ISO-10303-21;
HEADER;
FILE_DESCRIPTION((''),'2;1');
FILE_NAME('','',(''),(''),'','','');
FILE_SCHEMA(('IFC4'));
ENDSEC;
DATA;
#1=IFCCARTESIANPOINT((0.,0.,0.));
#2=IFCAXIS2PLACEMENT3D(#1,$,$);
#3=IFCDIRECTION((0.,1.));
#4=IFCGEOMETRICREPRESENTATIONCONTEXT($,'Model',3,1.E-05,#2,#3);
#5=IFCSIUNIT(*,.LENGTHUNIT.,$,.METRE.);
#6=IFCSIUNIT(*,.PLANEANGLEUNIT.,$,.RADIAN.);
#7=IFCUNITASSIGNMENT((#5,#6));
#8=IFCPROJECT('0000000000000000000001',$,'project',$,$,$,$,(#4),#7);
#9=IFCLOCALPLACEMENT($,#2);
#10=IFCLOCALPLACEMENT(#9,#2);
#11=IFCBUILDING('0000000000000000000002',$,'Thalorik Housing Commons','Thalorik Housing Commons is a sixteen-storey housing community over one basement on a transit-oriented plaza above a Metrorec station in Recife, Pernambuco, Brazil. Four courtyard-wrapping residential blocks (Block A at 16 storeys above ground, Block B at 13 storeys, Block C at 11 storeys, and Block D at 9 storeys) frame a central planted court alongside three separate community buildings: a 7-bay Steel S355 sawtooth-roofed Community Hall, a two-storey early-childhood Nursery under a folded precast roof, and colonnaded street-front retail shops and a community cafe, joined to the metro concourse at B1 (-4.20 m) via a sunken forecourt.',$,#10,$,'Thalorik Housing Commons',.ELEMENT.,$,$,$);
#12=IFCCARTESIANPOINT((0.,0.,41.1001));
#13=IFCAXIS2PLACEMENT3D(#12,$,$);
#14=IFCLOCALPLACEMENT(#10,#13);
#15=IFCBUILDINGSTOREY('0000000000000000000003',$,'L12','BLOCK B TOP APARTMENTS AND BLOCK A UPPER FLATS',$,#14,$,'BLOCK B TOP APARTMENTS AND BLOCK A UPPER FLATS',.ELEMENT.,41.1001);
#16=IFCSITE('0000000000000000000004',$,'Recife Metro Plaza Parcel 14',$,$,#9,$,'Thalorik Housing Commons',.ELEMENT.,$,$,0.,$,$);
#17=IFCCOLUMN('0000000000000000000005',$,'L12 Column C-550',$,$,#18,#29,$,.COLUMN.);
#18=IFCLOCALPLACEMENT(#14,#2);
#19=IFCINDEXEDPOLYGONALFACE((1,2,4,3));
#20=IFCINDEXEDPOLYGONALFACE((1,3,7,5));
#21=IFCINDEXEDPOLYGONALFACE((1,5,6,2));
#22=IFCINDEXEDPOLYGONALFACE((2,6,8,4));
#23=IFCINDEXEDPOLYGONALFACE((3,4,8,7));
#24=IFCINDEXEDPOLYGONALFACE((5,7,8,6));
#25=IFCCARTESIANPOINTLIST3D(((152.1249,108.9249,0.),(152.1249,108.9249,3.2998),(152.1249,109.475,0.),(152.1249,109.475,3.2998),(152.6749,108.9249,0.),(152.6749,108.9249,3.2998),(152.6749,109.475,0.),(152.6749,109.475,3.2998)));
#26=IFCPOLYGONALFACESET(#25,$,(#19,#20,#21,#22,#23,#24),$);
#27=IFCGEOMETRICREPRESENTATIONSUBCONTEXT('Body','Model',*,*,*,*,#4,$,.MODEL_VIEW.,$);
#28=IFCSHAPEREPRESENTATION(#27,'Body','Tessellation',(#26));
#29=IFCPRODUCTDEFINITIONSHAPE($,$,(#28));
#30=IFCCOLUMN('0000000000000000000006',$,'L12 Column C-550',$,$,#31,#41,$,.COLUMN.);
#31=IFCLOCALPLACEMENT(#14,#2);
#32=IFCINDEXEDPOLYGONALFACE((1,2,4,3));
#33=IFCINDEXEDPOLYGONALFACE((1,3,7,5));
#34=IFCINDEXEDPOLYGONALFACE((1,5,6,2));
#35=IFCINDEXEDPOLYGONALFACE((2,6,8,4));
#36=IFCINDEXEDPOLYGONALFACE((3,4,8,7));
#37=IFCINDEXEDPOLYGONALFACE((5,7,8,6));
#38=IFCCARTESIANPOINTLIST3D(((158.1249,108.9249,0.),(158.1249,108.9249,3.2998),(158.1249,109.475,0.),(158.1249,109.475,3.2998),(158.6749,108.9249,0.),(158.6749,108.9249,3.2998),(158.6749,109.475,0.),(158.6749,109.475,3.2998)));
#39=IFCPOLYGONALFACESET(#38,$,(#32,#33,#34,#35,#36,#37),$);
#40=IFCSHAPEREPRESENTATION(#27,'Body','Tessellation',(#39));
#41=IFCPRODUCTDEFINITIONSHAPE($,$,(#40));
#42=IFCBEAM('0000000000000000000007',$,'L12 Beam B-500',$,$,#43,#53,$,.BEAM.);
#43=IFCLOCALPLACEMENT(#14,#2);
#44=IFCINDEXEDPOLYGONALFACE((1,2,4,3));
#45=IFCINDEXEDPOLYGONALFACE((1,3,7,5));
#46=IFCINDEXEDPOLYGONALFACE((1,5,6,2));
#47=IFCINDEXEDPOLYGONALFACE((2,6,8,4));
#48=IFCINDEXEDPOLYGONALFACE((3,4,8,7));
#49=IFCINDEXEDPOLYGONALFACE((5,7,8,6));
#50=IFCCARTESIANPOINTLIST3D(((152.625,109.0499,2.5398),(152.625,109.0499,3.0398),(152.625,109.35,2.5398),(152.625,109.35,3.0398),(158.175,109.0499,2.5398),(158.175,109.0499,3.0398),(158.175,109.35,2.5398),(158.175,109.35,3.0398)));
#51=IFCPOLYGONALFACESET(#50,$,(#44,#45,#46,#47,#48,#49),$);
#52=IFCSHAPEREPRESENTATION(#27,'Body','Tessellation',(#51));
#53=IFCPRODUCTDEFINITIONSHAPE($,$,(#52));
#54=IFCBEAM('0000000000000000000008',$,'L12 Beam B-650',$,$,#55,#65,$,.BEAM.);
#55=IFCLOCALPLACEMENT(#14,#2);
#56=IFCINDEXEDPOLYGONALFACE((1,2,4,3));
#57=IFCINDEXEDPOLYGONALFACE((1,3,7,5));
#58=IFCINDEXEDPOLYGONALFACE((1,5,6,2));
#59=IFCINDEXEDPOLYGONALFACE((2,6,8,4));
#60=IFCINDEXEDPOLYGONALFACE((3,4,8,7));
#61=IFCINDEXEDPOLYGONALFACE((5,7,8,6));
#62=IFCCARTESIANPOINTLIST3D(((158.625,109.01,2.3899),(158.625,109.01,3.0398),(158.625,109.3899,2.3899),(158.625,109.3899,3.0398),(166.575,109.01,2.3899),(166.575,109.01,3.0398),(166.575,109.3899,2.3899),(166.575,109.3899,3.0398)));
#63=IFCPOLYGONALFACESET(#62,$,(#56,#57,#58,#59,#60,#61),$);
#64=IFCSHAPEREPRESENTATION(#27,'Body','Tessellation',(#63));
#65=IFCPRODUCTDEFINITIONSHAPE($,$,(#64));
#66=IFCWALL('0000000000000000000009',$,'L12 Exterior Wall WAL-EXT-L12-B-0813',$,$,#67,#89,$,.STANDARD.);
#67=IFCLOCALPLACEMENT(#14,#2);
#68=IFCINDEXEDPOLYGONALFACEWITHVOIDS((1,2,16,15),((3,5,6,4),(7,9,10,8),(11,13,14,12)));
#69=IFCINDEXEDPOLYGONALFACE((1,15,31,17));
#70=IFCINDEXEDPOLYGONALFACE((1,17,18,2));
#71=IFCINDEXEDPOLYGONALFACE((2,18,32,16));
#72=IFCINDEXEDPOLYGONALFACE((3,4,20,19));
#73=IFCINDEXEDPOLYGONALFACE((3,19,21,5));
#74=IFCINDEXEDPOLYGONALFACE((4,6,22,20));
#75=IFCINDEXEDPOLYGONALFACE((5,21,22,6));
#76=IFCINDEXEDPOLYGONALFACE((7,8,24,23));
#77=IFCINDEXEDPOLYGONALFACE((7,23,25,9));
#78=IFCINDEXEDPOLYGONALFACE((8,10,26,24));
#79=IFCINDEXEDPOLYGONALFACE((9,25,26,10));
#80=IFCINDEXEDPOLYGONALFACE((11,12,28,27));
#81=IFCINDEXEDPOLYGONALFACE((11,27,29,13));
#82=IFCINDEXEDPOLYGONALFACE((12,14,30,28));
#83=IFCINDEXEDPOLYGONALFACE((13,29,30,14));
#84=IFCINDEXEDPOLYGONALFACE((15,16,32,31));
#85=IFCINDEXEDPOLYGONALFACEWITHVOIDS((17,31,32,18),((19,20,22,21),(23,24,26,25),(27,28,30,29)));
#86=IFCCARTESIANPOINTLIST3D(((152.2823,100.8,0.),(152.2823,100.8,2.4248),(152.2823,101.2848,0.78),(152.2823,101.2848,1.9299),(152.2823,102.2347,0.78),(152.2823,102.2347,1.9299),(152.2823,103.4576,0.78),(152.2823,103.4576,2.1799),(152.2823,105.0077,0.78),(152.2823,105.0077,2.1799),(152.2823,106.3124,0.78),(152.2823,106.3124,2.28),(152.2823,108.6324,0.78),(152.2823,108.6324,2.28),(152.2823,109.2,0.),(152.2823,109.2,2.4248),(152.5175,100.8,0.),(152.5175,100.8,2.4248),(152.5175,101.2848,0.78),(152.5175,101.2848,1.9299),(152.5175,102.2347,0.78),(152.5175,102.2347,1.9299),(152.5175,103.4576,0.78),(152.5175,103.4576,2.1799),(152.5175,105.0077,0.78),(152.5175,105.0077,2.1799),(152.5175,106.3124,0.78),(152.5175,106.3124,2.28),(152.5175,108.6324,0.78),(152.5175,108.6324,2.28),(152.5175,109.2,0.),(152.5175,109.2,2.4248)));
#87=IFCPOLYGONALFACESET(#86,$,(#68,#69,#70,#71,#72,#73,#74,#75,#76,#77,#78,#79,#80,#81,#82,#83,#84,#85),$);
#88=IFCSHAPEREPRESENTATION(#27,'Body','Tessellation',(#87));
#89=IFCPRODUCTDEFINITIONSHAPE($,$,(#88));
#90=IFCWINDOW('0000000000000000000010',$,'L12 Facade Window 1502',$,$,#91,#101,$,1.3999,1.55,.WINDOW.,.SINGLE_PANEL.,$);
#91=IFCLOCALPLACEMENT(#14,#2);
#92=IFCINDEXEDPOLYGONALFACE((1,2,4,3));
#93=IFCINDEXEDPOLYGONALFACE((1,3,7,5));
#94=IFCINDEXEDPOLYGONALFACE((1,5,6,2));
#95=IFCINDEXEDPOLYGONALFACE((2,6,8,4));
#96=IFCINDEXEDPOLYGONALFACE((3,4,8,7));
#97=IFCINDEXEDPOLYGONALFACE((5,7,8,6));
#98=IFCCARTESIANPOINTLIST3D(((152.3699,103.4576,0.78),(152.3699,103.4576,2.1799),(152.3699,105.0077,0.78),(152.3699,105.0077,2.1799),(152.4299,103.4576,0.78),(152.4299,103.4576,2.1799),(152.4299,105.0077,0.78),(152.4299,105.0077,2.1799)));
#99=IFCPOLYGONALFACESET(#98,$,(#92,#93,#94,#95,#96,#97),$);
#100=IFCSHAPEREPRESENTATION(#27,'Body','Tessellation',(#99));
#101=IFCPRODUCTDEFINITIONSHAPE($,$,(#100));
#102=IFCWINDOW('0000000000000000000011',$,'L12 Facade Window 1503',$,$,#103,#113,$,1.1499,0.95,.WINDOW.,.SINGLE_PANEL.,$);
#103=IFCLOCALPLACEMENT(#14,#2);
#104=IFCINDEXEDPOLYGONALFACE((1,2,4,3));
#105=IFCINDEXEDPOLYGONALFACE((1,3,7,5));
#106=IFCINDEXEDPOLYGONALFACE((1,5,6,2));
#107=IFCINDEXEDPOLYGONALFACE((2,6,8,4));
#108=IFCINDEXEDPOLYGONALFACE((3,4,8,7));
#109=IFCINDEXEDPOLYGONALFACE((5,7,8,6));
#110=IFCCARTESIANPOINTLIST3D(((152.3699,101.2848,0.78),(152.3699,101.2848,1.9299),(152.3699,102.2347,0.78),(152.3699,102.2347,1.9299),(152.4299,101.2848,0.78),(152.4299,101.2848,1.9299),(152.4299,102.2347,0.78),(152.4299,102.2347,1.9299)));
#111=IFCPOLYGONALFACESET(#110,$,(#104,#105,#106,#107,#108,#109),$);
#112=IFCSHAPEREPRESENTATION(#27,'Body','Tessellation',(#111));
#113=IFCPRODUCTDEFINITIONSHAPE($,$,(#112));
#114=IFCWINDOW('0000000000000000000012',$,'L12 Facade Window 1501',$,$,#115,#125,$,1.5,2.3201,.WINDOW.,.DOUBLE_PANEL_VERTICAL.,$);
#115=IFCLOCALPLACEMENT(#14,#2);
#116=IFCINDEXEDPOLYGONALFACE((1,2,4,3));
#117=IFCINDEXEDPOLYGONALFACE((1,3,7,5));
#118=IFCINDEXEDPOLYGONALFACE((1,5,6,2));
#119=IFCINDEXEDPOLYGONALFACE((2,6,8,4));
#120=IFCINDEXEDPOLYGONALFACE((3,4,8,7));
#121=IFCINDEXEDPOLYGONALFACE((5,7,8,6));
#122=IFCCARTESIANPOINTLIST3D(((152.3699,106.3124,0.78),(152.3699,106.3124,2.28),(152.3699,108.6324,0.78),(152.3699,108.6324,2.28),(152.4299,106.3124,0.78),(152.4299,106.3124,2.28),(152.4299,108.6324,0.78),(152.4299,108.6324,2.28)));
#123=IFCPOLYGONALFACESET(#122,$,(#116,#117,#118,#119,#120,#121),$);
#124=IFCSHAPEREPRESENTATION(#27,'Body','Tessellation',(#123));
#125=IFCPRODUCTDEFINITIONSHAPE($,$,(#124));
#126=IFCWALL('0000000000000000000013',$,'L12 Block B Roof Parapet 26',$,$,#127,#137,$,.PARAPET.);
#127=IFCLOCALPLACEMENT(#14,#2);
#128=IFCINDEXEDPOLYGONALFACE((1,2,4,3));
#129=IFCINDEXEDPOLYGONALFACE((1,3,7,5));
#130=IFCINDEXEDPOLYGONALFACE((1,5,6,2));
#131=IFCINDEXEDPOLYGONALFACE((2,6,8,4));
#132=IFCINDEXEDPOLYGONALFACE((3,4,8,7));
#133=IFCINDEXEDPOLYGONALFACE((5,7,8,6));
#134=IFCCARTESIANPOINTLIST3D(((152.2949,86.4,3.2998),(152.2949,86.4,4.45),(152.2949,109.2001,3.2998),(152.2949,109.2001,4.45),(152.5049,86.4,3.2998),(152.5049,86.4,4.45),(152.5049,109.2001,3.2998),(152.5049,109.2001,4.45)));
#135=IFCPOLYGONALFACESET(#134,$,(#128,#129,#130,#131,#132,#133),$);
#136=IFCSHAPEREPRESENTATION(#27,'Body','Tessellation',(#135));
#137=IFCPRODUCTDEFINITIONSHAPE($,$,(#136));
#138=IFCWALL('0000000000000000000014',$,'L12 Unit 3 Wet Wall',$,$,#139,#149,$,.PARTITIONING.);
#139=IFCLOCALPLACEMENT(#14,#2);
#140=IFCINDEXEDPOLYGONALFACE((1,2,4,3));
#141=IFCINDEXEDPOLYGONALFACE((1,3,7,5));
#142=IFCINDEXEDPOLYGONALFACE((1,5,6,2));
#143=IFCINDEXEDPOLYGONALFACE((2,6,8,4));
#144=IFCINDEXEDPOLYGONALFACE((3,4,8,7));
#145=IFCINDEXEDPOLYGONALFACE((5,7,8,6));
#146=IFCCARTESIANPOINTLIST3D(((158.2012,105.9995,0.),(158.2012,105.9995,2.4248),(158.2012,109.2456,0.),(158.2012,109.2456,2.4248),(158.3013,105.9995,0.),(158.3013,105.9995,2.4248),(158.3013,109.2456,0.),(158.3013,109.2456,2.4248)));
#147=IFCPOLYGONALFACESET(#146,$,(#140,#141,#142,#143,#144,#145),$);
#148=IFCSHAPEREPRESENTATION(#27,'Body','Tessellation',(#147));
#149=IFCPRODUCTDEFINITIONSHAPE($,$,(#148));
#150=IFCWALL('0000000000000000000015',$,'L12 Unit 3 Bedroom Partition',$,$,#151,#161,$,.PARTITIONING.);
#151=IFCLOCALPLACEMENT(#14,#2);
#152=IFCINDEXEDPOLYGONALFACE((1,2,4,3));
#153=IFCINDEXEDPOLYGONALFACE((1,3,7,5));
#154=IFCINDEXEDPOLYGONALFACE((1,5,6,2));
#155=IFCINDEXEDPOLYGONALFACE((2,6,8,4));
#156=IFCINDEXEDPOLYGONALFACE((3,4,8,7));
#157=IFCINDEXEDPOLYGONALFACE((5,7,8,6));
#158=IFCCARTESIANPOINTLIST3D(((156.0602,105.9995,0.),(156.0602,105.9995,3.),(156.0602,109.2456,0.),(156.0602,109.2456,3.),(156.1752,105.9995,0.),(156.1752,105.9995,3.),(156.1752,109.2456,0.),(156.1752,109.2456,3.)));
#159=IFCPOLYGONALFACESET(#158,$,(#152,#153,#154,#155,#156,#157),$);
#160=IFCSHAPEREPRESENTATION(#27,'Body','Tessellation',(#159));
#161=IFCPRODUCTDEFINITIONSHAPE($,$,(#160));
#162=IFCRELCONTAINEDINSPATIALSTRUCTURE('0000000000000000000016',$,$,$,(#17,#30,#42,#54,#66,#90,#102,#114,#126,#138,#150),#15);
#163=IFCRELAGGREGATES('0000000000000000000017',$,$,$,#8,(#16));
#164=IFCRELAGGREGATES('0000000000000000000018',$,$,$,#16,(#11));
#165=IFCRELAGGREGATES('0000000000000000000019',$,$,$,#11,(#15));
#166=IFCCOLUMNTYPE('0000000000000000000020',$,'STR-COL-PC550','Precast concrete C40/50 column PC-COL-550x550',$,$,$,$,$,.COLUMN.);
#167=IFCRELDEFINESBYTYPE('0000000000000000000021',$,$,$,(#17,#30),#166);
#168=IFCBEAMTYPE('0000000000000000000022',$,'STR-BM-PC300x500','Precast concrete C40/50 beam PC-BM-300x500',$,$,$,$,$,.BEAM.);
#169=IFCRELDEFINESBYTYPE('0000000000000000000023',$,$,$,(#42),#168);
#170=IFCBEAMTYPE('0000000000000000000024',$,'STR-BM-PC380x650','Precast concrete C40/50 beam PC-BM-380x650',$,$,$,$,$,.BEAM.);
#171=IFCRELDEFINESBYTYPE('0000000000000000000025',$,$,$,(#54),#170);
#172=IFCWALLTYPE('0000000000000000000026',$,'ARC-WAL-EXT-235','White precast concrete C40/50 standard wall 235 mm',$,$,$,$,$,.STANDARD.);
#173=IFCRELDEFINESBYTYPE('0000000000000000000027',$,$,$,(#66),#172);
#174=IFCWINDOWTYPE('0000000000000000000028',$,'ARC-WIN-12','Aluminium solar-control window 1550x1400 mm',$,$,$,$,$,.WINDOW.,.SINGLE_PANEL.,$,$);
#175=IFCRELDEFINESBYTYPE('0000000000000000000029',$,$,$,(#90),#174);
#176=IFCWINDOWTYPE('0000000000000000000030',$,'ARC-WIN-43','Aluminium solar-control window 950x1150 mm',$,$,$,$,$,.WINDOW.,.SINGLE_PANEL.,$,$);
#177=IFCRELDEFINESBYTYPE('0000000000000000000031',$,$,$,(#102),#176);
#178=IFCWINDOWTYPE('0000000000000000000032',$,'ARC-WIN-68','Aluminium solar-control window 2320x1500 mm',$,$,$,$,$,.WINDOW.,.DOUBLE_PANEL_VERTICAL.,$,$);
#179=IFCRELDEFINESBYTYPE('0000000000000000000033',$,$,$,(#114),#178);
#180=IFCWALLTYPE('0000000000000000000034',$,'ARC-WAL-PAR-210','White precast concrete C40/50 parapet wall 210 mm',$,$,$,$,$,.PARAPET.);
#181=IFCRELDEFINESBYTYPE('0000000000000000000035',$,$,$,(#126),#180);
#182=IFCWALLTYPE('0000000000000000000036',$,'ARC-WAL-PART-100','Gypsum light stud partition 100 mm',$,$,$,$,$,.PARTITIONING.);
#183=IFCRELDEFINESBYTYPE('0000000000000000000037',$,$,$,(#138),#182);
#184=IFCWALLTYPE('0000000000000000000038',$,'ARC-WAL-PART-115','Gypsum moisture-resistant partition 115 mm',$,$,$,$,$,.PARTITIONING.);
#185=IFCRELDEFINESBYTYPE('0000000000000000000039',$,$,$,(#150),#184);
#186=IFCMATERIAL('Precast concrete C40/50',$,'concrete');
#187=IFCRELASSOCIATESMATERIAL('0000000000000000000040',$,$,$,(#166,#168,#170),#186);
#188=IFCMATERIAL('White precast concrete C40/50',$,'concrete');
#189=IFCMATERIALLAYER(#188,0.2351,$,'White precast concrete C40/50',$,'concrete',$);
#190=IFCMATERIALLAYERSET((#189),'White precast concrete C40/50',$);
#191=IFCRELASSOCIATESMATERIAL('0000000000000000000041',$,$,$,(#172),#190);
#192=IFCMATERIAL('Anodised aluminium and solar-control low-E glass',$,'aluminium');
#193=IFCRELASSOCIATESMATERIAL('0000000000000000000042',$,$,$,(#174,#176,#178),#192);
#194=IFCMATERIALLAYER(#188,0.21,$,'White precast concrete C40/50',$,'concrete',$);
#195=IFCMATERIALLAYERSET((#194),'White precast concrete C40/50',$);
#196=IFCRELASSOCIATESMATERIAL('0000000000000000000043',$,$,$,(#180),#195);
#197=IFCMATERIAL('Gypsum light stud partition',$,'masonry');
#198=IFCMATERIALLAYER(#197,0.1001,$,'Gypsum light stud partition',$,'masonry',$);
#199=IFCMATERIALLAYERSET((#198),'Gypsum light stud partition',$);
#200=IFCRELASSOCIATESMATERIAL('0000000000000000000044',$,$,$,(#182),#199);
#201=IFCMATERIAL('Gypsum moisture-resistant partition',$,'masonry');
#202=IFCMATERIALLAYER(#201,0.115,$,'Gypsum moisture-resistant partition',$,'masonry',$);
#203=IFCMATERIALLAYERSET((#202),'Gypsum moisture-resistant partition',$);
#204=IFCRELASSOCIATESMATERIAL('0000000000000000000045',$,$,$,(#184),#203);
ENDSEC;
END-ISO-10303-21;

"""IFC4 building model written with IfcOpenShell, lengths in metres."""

from ifc_helpers import new_model, si_unit, direction, frame, frame_2d, origin, origin_2d, place, context, subcontext, project, spatial, rectangle, extrude, material, layer, layer_set, material_profile, profile_set, type_object, element, fill, save


model = new_model("IFC4")

# Units and contexts
model_context = context("Model", 3, precision=1e-05, world=origin(), true_north=direction((0.0, 1.0)))
body_context = subcontext(model_context, "Body", "Model", "MODEL_VIEW")
ifc_project = project(units=[si_unit("LENGTHUNIT", "METRE"), si_unit("PLANEANGLEUNIT", "RADIAN")], contexts=[model_context])

# Site, building, storey
site_placement = place(None, origin())
site = spatial("IfcSite", under=ifc_project, at=site_placement, Name="Recife Metro Plaza Parcel 14", LongName="Thalorik Housing Commons", CompositionType="ELEMENT", RefElevation=0.0)
building_placement = place(site_placement, origin())
building = spatial("IfcBuilding", under=site, at=building_placement, Name="Thalorik Housing Commons", Description="Thalorik Housing Commons is a sixteen-storey housing community over one basement on a transit-oriented plaza above a Metrorec station in Recife, Pernambuco, Brazil. Four courtyard-wrapping residential blocks (Block A at 16 storeys above ground, Block B at 13 storeys, Block C at 11 storeys, and Block D at 9 storeys) frame a central planted court alongside three separate community buildings: a 7-bay Steel S355 sawtooth-roofed Community Hall, a two-storey early-childhood Nursery under a folded precast roof, and colonnaded street-front retail shops and a community cafe, joined to the metro concourse at B1 (-4.20 m) via a sunken forecourt.", LongName="Thalorik Housing Commons", CompositionType="ELEMENT")
storey_placement = place(building_placement, frame((0.0, 0.0, 41.1001)))
storey = spatial("IfcBuildingStorey", under=building, at=storey_placement, Name="L12", Description="BLOCK B TOP APARTMENTS AND BLOCK A UPPER FLATS", LongName="BLOCK B TOP APARTMENTS AND BLOCK A UPPER FLATS", CompositionType="ELEMENT", Elevation=41.1001)

# Columns
ifc_material_1 = material(Name="Precast concrete C40/50", Category="concrete")
ifc_material_profile_1 = material_profile(ifc_material_1, rectangle(XDim=0.55, YDim=0.55, at=origin_2d()), Name="PC 550x550", Category="concrete")
ifc_profile_set_1 = profile_set([ifc_material_profile_1], Name="Precast concrete C40/50")
column_type = type_object("IfcColumnType", Name="STR-COL-PC550", Description="Precast concrete C40/50 column PC-COL-550x550", PredefinedType="COLUMN", material=ifc_profile_set_1)
for number, where, z_axis, x_axis, name in (
    (1, (152.3999, 109.2, 0.0), (0.0, 0.0, 1.0), (1.0, 0.0, 0.0), "L12 Column C-550"),
    (2, (158.3999, 109.2, 0.0), (0.0, 0.0, 1.0), (1.0, 0.0, 0.0), "L12 Column C-550"),
):
    element("IfcColumn", number, at=place(storey_placement, frame(where, z_axis=z_axis, x_axis=x_axis)), inside=storey, type_object=column_type, Name=name, PredefinedType="COLUMN", context=body_context, shape_type="SweptSolid", body=[
        extrude(rectangle(XDim=0.55, YDim=0.55, at=origin_2d()), origin(), (0.0, 0.0, 1.0), 3.2998),
    ])

# Beams
ifc_material_profile_2 = material_profile(ifc_material_1, rectangle(XDim=0.3, YDim=0.5, at=origin_2d()), Name="PC 300x500", Category="concrete")
ifc_profile_set_2 = profile_set([ifc_material_profile_2], Name="Precast concrete C40/50")
beam_type_1 = type_object("IfcBeamType", Name="STR-BM-PC300x500", Description="Precast concrete C40/50 beam PC-BM-300x500", PredefinedType="BEAM", material=ifc_profile_set_2)
beam_1_placement = place(storey_placement, frame((152.625, 109.2, 2.7898), z_axis=(1.0, 0.0, 0.0), x_axis=(0.0, 1.0, 0.0)))
element("IfcBeam", 3, at=beam_1_placement, inside=storey, type_object=beam_type_1, Name="L12 Beam B-500", PredefinedType="BEAM", context=body_context, shape_type="SweptSolid", body=[
    extrude(rectangle(XDim=0.3, YDim=0.5, at=origin_2d()), origin(), (0.0, 0.0, 1.0), 5.55),
])
ifc_material_profile_3 = material_profile(ifc_material_1, rectangle(XDim=0.3799, YDim=0.6499, at=origin_2d()), Name="PC 380x650", Category="concrete")
ifc_profile_set_3 = profile_set([ifc_material_profile_3], Name="Precast concrete C40/50")
beam_type_2 = type_object("IfcBeamType", Name="STR-BM-PC380x650", Description="Precast concrete C40/50 beam PC-BM-380x650", PredefinedType="BEAM", material=ifc_profile_set_3)
beam_2_placement = place(storey_placement, frame((158.625, 109.2, 2.7148), z_axis=(1.0, 0.0, 0.0), x_axis=(0.0, 1.0, 0.0)))
element("IfcBeam", 4, at=beam_2_placement, inside=storey, type_object=beam_type_2, Name="L12 Beam B-650", PredefinedType="BEAM", context=body_context, shape_type="SweptSolid", body=[
    extrude(rectangle(XDim=0.3799, YDim=0.6499, at=origin_2d()), origin(), (0.0, 0.0, 1.0), 7.95),
])

# Wall, openings, windows
ifc_material_2 = material(Name="White precast concrete C40/50", Category="concrete")
ifc_layer_1 = layer(ifc_material_2, 0.2351, Name="White precast concrete C40/50", Category="concrete")
ifc_layer_set_1 = layer_set([ifc_layer_1], Name="White precast concrete C40/50")
wall_type_1 = type_object("IfcWallType", Name="ARC-WAL-EXT-235", Description="White precast concrete C40/50 standard wall 235 mm", PredefinedType="STANDARD", material=ifc_layer_set_1)
wall_1_placement = place(storey_placement, frame((152.3999, 109.2, 0.0), z_axis=(0.0, 0.0, 1.0), x_axis=(0.0, -1.0, 0.0)))
wall_1 = element("IfcWall", 5, at=wall_1_placement, inside=storey, type_object=wall_type_1, Name="L12 Exterior Wall WAL-EXT-L12-B-0813", PredefinedType="STANDARD", context=body_context, shape_type="SweptSolid", body=[
    extrude(rectangle(XDim=8.3999, YDim=0.2351, at=frame_2d((4.2, 0.0))), origin(), (0.0, 0.0, 1.0), 2.4248),
])
opening_1_placement = place(wall_1_placement, frame((0.5674, 0.0, 0.78)))
opening_1 = element("IfcOpeningElement", 6, at=opening_1_placement, cuts=wall_1, PredefinedType="OPENING", context=body_context, shape_type="SweptSolid", body=[
    extrude(rectangle(XDim=2.3201, YDim=1.5, at=frame_2d((1.1602, 0.75))), frame((0.0, 0.1274, 0.0), z_axis=(0.0, -1.0, 0.0), x_axis=(1.0, 0.0, 0.0)), (0.0, 0.0, 1.0), 0.2551),
])
opening_2_placement = place(wall_1_placement, frame((4.1924, 0.0, 0.78)))
opening_2 = element("IfcOpeningElement", 7, at=opening_2_placement, cuts=wall_1, PredefinedType="OPENING", context=body_context, shape_type="SweptSolid", body=[
    extrude(rectangle(XDim=1.55, YDim=1.3999, at=frame_2d((0.7749, 0.7))), frame((0.0, 0.1274, 0.0), z_axis=(0.0, -1.0, 0.0), x_axis=(1.0, 0.0, 0.0)), (0.0, 0.0, 1.0), 0.2551),
])
opening_3_placement = place(wall_1_placement, frame((6.9651, 0.0, 0.78)))
opening_3 = element("IfcOpeningElement", 8, at=opening_3_placement, cuts=wall_1, PredefinedType="OPENING", context=body_context, shape_type="SweptSolid", body=[
    extrude(rectangle(XDim=0.95, YDim=1.1499, at=frame_2d((0.4751, 0.575))), frame((0.0, 0.1274, 0.0), z_axis=(0.0, -1.0, 0.0), x_axis=(1.0, 0.0, 0.0)), (0.0, 0.0, 1.0), 0.2551),
])
ifc_material_3 = material(Name="Anodised aluminium and solar-control low-E glass", Category="aluminium")
window_type_1 = type_object("IfcWindowType", Name="ARC-WIN-12", Description="Aluminium solar-control window 1550x1400 mm", PartitioningType="SINGLE_PANEL", PredefinedType="WINDOW", material=ifc_material_3)
window_1_placement = place(opening_2_placement, origin())
window_1 = element("IfcWindow", 9, at=window_1_placement, inside=storey, type_object=window_type_1, Name="L12 Facade Window 1502", OverallHeight=1.3999, OverallWidth=1.55, PartitioningType="SINGLE_PANEL", PredefinedType="WINDOW", context=body_context, shape_type="SweptSolid", body=[
    extrude(rectangle(XDim=1.55, YDim=1.3999, at=frame_2d((0.7749, 0.7))), frame((0.0, 0.03, 0.0), z_axis=(0.0, -1.0, 0.0), x_axis=(1.0, 0.0, 0.0)), (0.0, 0.0, 1.0), 0.0601),
])
fill(opening_2, window_1)
window_type_2 = type_object("IfcWindowType", Name="ARC-WIN-43", Description="Aluminium solar-control window 950x1150 mm", PartitioningType="SINGLE_PANEL", PredefinedType="WINDOW", material=ifc_material_3)
window_2_placement = place(opening_3_placement, origin())
window_2 = element("IfcWindow", 10, at=window_2_placement, inside=storey, type_object=window_type_2, Name="L12 Facade Window 1503", OverallHeight=1.1499, OverallWidth=0.95, PartitioningType="SINGLE_PANEL", PredefinedType="WINDOW", context=body_context, shape_type="SweptSolid", body=[
    extrude(rectangle(XDim=0.95, YDim=1.1499, at=frame_2d((0.4751, 0.575))), frame((0.0, 0.03, 0.0), z_axis=(0.0, -1.0, 0.0), x_axis=(1.0, 0.0, 0.0)), (0.0, 0.0, 1.0), 0.0601),
])
fill(opening_3, window_2)
window_type_3 = type_object("IfcWindowType", Name="ARC-WIN-68", Description="Aluminium solar-control window 2320x1500 mm", PartitioningType="DOUBLE_PANEL_VERTICAL", PredefinedType="WINDOW", material=ifc_material_3)
window_3_placement = place(opening_1_placement, origin())
window_3 = element("IfcWindow", 11, at=window_3_placement, inside=storey, type_object=window_type_3, Name="L12 Facade Window 1501", OverallHeight=1.5, OverallWidth=2.3201, PartitioningType="DOUBLE_PANEL_VERTICAL", PredefinedType="WINDOW", context=body_context, shape_type="SweptSolid", body=[
    extrude(rectangle(XDim=2.3201, YDim=1.5, at=frame_2d((1.1602, 0.75))), frame((0.0, 0.03, 0.0), z_axis=(0.0, -1.0, 0.0), x_axis=(1.0, 0.0, 0.0)), (0.0, 0.0, 1.0), 0.0601),
])
fill(opening_1, window_3)

# Walls
ifc_layer_2 = layer(ifc_material_2, 0.21, Name="White precast concrete C40/50", Category="concrete")
ifc_layer_set_2 = layer_set([ifc_layer_2], Name="White precast concrete C40/50")
wall_type_2 = type_object("IfcWallType", Name="ARC-WAL-PAR-210", Description="White precast concrete C40/50 parapet wall 210 mm", PredefinedType="PARAPET", material=ifc_layer_set_2)
wall_2_placement = place(storey_placement, frame((152.3999, 109.2, 3.2998), z_axis=(0.0, 0.0, 1.0), x_axis=(0.0, -1.0, 0.0)))
element("IfcWall", 12, at=wall_2_placement, inside=storey, type_object=wall_type_2, Name="L12 Block B Roof Parapet 26", PredefinedType="PARAPET", context=body_context, shape_type="SweptSolid", body=[
    extrude(rectangle(XDim=22.8, YDim=0.21, at=frame_2d((11.3999, 0.0))), origin(), (0.0, 0.0, 1.0), 1.1501),
])
ifc_material_4 = material(Name="Gypsum light stud partition", Category="masonry")
ifc_layer_3 = layer(ifc_material_4, 0.1001, Name="Gypsum light stud partition", Category="masonry")
ifc_layer_set_3 = layer_set([ifc_layer_3], Name="Gypsum light stud partition")
wall_type_3 = type_object("IfcWallType", Name="ARC-WAL-PART-100", Description="Gypsum light stud partition 100 mm", PredefinedType="PARTITIONING", material=ifc_layer_set_3)
wall_3_placement = place(storey_placement, frame((158.2512, 105.9995, 0.0), z_axis=(0.0, 0.0, 1.0), x_axis=(0.0, 1.0, 0.0)))
element("IfcWall", 13, at=wall_3_placement, inside=storey, type_object=wall_type_3, Name="L12 Unit 3 Wet Wall", PredefinedType="PARTITIONING", context=body_context, shape_type="SweptSolid", body=[
    extrude(rectangle(XDim=3.2461, YDim=0.1001, at=frame_2d((1.623, 0.0))), origin(), (0.0, 0.0, 1.0), 2.4248),
])
ifc_material_5 = material(Name="Gypsum moisture-resistant partition", Category="masonry")
ifc_layer_4 = layer(ifc_material_5, 0.115, Name="Gypsum moisture-resistant partition", Category="masonry")
ifc_layer_set_4 = layer_set([ifc_layer_4], Name="Gypsum moisture-resistant partition")
wall_type_4 = type_object("IfcWallType", Name="ARC-WAL-PART-115", Description="Gypsum moisture-resistant partition 115 mm", PredefinedType="PARTITIONING", material=ifc_layer_set_4)
wall_4_placement = place(storey_placement, frame((156.1177, 105.9995, 0.0), z_axis=(0.0, 0.0, 1.0), x_axis=(0.0, 1.0, 0.0)))
element("IfcWall", 14, at=wall_4_placement, inside=storey, type_object=wall_type_4, Name="L12 Unit 3 Bedroom Partition", PredefinedType="PARTITIONING", context=body_context, shape_type="SweptSolid", body=[
    extrude(rectangle(XDim=3.2461, YDim=0.115, at=frame_2d((1.623, 0.0))), origin(), (0.0, 0.0, 1.0), 3.0),
])

save(model, "model.ifc")
